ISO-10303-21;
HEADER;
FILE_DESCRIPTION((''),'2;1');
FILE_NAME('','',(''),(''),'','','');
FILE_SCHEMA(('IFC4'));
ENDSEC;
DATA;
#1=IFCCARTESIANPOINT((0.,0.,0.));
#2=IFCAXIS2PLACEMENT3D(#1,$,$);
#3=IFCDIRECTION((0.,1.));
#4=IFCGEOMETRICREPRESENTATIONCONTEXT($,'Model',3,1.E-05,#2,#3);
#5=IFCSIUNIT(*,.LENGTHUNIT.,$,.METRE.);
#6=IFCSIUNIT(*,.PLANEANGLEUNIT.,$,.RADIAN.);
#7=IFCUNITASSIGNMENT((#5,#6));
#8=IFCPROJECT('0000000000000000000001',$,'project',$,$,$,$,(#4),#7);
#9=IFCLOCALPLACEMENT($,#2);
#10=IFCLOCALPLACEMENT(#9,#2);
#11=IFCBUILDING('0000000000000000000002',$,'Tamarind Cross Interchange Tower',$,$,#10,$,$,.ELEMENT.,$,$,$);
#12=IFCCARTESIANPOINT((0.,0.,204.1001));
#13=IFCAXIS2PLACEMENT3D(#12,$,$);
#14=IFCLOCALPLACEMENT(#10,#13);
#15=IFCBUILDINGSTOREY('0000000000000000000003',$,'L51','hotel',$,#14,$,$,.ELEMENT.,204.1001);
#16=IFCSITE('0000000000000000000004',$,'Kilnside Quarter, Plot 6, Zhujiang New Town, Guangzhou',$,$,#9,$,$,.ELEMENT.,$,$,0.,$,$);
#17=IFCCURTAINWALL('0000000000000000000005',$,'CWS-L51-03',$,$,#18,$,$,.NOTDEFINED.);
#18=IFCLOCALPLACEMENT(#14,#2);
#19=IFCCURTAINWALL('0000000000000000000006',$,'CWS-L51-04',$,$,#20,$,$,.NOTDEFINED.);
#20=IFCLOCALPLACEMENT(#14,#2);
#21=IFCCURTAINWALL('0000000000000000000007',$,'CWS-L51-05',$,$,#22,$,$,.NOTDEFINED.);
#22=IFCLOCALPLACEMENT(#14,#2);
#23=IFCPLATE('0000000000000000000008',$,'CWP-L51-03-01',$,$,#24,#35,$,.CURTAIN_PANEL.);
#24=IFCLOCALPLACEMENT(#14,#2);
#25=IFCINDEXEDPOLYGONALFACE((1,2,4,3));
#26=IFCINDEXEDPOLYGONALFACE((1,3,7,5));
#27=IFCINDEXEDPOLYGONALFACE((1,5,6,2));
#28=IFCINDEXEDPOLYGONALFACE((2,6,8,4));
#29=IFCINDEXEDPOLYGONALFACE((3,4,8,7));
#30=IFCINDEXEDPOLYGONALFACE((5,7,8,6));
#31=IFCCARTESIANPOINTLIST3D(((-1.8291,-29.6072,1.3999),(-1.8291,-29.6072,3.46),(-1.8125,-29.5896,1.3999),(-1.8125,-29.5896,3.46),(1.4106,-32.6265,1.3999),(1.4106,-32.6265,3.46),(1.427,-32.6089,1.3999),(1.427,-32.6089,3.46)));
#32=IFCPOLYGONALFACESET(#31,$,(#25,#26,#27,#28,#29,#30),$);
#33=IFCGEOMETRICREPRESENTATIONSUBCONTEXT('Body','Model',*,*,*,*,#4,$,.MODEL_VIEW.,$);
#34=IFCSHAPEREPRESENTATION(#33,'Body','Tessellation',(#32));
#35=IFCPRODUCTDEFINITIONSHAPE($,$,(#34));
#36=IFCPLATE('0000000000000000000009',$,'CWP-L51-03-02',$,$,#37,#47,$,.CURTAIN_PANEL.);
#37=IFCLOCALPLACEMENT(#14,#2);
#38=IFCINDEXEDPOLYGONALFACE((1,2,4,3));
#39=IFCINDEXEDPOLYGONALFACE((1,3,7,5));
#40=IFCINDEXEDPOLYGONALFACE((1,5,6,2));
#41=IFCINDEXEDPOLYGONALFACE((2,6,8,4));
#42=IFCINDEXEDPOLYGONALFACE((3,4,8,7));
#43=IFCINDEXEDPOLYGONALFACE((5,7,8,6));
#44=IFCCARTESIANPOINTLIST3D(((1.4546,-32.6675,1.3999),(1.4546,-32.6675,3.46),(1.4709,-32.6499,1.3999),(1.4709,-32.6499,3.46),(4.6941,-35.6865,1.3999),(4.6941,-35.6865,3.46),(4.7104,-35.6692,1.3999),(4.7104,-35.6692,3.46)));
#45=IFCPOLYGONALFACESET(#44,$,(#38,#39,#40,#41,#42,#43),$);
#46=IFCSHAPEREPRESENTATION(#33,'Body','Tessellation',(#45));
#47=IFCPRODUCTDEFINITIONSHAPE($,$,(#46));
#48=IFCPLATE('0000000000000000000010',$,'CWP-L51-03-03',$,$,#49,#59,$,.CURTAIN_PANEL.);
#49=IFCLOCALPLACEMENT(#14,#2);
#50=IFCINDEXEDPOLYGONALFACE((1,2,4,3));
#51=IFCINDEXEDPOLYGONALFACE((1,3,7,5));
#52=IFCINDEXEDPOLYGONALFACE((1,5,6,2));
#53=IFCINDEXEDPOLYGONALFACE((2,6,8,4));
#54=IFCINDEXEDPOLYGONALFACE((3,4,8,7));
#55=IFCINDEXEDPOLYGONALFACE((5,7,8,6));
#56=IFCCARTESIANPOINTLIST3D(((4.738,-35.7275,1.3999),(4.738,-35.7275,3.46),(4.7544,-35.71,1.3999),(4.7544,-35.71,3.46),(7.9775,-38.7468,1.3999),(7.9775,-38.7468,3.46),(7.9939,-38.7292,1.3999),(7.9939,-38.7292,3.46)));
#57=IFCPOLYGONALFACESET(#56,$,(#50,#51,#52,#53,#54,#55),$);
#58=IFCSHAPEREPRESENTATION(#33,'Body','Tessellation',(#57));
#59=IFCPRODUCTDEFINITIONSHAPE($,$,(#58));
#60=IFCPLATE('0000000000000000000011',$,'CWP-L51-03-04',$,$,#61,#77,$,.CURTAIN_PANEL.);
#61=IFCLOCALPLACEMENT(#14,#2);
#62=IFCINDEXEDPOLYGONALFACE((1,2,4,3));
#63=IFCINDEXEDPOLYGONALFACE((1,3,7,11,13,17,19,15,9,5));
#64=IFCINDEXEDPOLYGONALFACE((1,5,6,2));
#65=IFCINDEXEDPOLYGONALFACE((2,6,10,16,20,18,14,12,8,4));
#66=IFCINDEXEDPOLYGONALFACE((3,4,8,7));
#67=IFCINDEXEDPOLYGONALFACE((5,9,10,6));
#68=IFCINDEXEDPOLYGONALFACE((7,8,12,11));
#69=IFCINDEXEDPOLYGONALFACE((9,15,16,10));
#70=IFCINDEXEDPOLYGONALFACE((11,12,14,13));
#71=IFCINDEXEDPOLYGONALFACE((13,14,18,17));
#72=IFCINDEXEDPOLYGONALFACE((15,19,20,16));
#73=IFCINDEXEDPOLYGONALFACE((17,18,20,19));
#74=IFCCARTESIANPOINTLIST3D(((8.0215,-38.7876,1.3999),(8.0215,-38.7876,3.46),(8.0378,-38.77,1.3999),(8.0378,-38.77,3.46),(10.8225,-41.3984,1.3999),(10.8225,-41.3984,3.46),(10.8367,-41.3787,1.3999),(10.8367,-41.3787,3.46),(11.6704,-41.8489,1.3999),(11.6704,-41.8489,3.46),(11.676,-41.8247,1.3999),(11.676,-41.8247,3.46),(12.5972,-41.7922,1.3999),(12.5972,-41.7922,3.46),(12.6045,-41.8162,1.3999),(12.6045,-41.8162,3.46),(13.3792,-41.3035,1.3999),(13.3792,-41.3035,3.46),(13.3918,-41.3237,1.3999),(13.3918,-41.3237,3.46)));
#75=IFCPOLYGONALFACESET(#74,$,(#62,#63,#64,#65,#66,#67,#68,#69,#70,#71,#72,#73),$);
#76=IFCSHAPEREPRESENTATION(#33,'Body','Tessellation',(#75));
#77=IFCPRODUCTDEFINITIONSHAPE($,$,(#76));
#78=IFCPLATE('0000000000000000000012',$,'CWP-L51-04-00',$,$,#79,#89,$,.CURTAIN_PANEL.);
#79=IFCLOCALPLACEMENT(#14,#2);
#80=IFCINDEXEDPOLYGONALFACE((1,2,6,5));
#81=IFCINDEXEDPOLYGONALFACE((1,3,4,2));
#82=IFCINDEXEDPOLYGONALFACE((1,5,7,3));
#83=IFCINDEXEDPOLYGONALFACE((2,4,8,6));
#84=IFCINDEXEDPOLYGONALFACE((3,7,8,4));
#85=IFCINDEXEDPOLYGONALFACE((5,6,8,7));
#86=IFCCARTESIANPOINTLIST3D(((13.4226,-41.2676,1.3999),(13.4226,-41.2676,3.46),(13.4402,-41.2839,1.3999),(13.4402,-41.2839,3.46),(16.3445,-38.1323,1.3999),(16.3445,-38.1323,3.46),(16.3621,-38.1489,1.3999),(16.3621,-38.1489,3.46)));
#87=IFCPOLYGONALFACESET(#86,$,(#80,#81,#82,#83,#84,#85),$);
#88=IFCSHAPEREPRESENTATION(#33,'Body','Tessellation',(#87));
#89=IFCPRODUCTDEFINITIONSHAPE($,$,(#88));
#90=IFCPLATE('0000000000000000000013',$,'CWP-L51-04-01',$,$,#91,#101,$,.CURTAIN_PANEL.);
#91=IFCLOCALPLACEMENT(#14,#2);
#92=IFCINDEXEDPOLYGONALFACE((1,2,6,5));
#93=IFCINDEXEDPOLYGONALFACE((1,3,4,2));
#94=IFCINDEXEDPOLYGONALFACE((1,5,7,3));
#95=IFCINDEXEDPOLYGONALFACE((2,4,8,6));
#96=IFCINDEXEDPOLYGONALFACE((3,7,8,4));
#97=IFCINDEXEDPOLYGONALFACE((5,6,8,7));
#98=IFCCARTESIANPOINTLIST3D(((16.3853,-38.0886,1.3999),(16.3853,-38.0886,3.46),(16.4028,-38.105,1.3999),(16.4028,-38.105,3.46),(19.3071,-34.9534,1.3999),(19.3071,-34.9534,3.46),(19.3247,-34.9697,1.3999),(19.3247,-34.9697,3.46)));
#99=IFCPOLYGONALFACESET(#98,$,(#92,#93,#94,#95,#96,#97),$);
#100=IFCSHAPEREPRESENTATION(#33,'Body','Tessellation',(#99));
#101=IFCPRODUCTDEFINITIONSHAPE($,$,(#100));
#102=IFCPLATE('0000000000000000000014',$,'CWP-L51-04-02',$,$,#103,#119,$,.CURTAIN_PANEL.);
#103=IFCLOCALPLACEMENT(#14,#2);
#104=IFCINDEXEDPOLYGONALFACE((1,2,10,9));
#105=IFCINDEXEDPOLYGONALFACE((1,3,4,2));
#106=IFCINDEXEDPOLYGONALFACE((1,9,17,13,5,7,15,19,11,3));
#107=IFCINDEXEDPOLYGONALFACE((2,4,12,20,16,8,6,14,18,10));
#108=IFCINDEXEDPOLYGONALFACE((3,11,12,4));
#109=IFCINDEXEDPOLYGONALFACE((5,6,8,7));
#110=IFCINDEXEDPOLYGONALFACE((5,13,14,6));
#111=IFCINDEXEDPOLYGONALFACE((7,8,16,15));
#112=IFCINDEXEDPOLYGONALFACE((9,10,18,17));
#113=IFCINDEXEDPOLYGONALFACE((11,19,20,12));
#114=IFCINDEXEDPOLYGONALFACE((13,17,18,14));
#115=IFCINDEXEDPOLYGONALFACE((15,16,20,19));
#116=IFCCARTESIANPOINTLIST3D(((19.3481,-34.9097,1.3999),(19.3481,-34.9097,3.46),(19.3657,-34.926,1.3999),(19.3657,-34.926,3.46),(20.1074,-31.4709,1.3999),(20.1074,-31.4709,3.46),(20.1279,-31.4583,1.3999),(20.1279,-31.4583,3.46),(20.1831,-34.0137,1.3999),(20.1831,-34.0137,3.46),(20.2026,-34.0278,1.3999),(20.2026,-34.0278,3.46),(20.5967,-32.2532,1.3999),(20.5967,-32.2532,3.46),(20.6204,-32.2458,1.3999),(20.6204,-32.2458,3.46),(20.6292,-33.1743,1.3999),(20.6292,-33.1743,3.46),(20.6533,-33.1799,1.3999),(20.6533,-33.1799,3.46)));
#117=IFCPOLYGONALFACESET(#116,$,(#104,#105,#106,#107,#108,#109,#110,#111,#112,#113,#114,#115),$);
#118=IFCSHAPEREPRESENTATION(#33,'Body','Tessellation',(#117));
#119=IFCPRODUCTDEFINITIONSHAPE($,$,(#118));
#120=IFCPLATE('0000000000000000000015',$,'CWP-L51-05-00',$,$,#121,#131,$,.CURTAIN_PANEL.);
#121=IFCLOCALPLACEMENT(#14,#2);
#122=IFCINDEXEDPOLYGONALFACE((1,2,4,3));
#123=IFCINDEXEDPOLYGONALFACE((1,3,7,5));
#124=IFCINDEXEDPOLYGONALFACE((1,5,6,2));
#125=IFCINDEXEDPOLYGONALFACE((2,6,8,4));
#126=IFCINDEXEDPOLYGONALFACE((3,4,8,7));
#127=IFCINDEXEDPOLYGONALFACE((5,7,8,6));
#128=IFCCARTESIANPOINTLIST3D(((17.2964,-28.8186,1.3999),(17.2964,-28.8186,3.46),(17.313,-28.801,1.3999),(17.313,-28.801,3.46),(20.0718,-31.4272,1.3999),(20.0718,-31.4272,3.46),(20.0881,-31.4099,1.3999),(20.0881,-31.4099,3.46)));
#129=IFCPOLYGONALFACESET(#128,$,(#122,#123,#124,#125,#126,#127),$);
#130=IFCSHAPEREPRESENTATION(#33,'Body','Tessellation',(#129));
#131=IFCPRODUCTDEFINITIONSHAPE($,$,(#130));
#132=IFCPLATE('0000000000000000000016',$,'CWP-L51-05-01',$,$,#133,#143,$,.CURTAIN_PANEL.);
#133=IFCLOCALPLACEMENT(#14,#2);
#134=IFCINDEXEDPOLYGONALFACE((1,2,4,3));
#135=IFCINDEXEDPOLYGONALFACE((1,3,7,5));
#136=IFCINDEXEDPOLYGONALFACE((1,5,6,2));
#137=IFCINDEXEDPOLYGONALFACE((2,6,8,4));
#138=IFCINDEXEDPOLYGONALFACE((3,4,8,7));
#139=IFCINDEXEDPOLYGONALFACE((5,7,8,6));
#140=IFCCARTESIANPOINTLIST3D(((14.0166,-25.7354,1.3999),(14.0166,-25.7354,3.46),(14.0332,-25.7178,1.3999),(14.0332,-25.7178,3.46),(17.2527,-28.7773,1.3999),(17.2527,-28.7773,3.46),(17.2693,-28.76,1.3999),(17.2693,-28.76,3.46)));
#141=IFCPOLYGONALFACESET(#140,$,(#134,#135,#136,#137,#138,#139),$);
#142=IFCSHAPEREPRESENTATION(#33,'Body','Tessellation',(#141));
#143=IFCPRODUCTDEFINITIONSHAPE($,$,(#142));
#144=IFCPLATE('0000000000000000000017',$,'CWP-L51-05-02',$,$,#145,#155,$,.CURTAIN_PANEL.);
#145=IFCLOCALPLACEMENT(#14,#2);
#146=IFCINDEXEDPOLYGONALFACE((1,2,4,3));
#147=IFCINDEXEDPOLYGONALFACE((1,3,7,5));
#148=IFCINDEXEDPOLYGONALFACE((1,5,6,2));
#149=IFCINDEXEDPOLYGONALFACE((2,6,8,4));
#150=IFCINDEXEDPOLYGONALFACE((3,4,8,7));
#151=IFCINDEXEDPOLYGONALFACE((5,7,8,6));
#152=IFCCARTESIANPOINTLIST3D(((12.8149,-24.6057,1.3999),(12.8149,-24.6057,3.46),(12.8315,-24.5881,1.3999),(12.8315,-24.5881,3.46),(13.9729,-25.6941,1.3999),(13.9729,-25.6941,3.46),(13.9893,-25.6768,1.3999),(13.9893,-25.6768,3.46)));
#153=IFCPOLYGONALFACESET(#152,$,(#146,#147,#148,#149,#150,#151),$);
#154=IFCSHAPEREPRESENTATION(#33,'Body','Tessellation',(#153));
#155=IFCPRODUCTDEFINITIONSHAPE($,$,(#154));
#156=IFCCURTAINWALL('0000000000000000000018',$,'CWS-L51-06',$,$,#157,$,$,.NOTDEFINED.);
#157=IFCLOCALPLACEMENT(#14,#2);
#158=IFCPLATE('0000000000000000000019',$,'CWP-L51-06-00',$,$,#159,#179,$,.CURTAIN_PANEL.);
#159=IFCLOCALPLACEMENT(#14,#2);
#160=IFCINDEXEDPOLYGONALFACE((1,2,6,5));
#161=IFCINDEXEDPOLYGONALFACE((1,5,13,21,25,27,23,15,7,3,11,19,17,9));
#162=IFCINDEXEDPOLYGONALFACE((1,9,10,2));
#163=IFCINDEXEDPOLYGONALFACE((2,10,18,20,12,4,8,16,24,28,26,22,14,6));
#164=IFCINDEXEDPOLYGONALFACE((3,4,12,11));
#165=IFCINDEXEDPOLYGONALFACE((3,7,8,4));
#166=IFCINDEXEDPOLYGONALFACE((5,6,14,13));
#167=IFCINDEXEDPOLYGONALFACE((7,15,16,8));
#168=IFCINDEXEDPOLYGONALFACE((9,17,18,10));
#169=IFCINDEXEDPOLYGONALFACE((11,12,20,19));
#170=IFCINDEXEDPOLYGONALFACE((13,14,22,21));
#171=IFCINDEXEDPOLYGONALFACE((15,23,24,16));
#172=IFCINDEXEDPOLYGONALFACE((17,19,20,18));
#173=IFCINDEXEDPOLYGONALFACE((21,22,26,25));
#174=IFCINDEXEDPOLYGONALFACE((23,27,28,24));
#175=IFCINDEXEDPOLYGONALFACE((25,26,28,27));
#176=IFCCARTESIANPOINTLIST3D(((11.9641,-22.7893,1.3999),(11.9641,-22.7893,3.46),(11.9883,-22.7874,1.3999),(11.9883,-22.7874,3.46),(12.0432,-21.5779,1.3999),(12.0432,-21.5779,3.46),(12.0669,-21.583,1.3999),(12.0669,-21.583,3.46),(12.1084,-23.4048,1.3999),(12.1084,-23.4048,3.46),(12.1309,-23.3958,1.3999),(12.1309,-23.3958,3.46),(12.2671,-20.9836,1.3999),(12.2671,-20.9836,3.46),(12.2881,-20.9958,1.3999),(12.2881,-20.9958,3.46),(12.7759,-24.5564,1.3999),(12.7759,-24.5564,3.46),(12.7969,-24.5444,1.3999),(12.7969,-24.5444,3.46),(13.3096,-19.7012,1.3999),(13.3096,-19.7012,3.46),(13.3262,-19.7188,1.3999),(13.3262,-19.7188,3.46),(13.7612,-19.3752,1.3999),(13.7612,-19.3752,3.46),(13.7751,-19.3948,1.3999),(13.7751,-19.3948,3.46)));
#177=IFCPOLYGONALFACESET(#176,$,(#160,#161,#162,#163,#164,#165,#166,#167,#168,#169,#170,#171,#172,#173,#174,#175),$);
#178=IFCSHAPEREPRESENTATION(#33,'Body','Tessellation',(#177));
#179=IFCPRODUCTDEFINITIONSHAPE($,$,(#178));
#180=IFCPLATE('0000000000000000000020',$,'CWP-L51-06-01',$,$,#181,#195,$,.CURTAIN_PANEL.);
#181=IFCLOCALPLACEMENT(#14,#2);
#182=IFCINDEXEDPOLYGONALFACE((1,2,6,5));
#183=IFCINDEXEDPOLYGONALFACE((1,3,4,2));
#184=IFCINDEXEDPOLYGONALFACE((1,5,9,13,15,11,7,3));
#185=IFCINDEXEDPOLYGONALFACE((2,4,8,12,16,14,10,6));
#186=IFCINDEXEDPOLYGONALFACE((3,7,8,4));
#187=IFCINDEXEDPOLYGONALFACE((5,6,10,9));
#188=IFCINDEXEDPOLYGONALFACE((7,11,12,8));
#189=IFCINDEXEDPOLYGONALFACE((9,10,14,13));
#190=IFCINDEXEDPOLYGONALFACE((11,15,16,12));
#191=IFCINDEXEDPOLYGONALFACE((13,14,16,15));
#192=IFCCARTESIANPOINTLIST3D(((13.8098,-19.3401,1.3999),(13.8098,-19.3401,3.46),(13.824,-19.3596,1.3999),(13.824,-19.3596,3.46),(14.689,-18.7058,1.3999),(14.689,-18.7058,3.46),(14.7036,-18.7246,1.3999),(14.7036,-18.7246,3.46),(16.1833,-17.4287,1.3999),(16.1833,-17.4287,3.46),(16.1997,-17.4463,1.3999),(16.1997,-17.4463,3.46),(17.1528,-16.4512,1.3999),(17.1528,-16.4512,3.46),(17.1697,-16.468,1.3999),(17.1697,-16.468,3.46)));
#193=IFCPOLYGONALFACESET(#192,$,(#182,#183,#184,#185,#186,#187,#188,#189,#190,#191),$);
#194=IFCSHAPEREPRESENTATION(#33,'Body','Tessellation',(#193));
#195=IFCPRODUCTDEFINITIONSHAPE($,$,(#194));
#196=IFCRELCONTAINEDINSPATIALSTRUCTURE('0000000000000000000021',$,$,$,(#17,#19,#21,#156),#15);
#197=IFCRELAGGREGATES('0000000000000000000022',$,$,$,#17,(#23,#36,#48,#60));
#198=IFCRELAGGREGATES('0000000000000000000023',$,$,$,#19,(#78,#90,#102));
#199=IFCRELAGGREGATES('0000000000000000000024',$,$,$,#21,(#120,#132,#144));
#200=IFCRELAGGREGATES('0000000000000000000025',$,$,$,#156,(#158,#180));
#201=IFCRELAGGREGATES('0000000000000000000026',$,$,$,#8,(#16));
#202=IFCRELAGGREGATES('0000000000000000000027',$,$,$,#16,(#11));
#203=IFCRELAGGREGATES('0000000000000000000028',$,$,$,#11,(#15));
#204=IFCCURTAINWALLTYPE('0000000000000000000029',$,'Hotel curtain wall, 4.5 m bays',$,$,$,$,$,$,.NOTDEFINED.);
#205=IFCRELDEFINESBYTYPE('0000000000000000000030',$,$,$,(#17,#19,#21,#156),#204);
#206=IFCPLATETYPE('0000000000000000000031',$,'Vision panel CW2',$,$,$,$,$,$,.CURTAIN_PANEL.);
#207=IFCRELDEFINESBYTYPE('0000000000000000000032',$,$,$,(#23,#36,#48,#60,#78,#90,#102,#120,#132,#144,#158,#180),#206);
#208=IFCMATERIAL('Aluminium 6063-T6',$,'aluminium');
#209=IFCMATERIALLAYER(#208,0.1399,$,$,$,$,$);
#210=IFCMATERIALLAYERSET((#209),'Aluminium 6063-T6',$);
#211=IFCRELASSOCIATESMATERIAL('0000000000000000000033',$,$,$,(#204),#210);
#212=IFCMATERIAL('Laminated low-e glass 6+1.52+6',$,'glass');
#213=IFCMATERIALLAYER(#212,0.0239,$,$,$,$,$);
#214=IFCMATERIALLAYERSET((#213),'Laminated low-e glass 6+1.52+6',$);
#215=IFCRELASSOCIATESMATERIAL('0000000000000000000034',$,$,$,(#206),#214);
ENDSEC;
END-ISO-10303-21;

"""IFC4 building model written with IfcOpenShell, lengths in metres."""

from ifc_helpers import new_model, si_unit, direction, frame, origin, place, context, subcontext, project, spatial, polyline, outline, extrude, material, layer, layer_set, type_object, element, aggregate, save


model = new_model("IFC4")

# Units and contexts
model_context = context("Model", 3, precision=1e-05, world=origin(), true_north=direction((0.0, 1.0)))
body_context = subcontext(model_context, "Body", "Model", "MODEL_VIEW")
ifc_project = project(units=[si_unit("LENGTHUNIT", "METRE"), si_unit("PLANEANGLEUNIT", "RADIAN")], contexts=[model_context])

# Site, building, storey
site_placement = place(None, origin())
site = spatial("IfcSite", under=ifc_project, at=site_placement, Name="Kilnside Quarter, Plot 6, Zhujiang New Town, Guangzhou", CompositionType="ELEMENT", RefElevation=0.0)
building_placement = place(site_placement, origin())
building = spatial("IfcBuilding", under=site, at=building_placement, Name="Tamarind Cross Interchange Tower", CompositionType="ELEMENT")
storey_placement = place(building_placement, frame((0.0, 0.0, 204.1001)))
storey = spatial("IfcBuildingStorey", under=building, at=storey_placement, Name="L51", Description="hotel", CompositionType="ELEMENT", Elevation=204.1001)

# Curtain walls
ifc_material_1 = material(Name="Aluminium 6063-T6", Category="aluminium")
ifc_layer_1 = layer(ifc_material_1, 0.1399)
ifc_layer_set_1 = layer_set([ifc_layer_1], Name="Aluminium 6063-T6")
curtain_wall_type = type_object("IfcCurtainWallType", Name="Hotel curtain wall, 4.5 m bays", PredefinedType="NOTDEFINED", material=ifc_layer_set_1)
curtain_wall_1_placement = place(storey_placement, origin())
curtain_wall_1 = element("IfcCurtainWall", 1, at=curtain_wall_1_placement, inside=storey, type_object=curtain_wall_type, Name="CWS-L51-03", PredefinedType="NOTDEFINED")
curtain_wall_2_placement = place(storey_placement, origin())
curtain_wall_2 = element("IfcCurtainWall", 2, at=curtain_wall_2_placement, inside=storey, type_object=curtain_wall_type, Name="CWS-L51-04", PredefinedType="NOTDEFINED")
curtain_wall_3_placement = place(storey_placement, origin())
curtain_wall_3 = element("IfcCurtainWall", 3, at=curtain_wall_3_placement, inside=storey, type_object=curtain_wall_type, Name="CWS-L51-05", PredefinedType="NOTDEFINED")

# Plates
ifc_material_2 = material(Name="Laminated low-e glass 6+1.52+6", Category="glass")
ifc_layer_2 = layer(ifc_material_2, 0.0239)
ifc_layer_set_2 = layer_set([ifc_layer_2], Name="Laminated low-e glass 6+1.52+6")
plate_type = type_object("IfcPlateType", Name="Vision panel CW2", PredefinedType="CURTAIN_PANEL", material=ifc_layer_set_2)
plate_1_placement = place(storey_placement, frame((0.0, 0.0, 1.3999)))
plate_1 = element("IfcPlate", 4, at=plate_1_placement, type_object=plate_type, Name="CWP-L51-03-01", PredefinedType="CURTAIN_PANEL", context=body_context, shape_type="SweptSolid", body=[
    extrude(outline(polyline([(-1.8125, -29.5896), (1.427, -32.6089), (1.4106, -32.6265), (-1.8291, -29.6072), (-1.8125, -29.5896)])), origin(), (0.0, 0.0, 1.0), 2.0601),
])
plate_2_placement = place(storey_placement, frame((0.0, 0.0, 1.3999)))
plate_2 = element("IfcPlate", 5, at=plate_2_placement, type_object=plate_type, Name="CWP-L51-03-02", PredefinedType="CURTAIN_PANEL", context=body_context, shape_type="SweptSolid", body=[
    extrude(outline(polyline([(1.4709, -32.6499), (4.7104, -35.6692), (4.6941, -35.6865), (1.4546, -32.6675), (1.4709, -32.6499)])), origin(), (0.0, 0.0, 1.0), 2.0601),
])
plate_3_placement = place(storey_placement, frame((0.0, 0.0, 1.3999)))
plate_3 = element("IfcPlate", 6, at=plate_3_placement, type_object=plate_type, Name="CWP-L51-03-03", PredefinedType="CURTAIN_PANEL", context=body_context, shape_type="SweptSolid", body=[
    extrude(outline(polyline([(4.7544, -35.71), (7.9939, -38.7292), (7.9775, -38.7468), (4.738, -35.7275), (4.7544, -35.71)])), origin(), (0.0, 0.0, 1.0), 2.0601),
])
plate_4_placement = place(storey_placement, frame((0.0, 0.0, 1.3999)))
plate_4 = element("IfcPlate", 7, at=plate_4_placement, type_object=plate_type, Name="CWP-L51-03-04", PredefinedType="CURTAIN_PANEL", context=body_context, shape_type="SweptSolid", body=[
    extrude(outline(polyline([(8.0378, -38.77), (10.8367, -41.3787), (11.676, -41.8247), (12.5972, -41.7922), (13.3792, -41.3035), (13.3918, -41.3237), (12.6045, -41.8162), (11.6704, -41.8489), (10.8225, -41.3984), (8.0215, -38.7876), (8.0378, -38.77)])), origin(), (0.0, 0.0, 1.0), 2.0601),
])
aggregate(curtain_wall_1, [plate_1, plate_2, plate_3, plate_4])
plate_5_placement = place(storey_placement, frame((0.0, 0.0, 1.3999)))
plate_5 = element("IfcPlate", 8, at=plate_5_placement, type_object=plate_type, Name="CWP-L51-04-00", PredefinedType="CURTAIN_PANEL", context=body_context, shape_type="SweptSolid", body=[
    extrude(outline(polyline([(13.4226, -41.2676), (16.3445, -38.1323), (16.3621, -38.1489), (13.4402, -41.2839), (13.4226, -41.2676)])), origin(), (0.0, 0.0, 1.0), 2.0601),
])
plate_6_placement = place(storey_placement, frame((0.0, 0.0, 1.3999)))
plate_6 = element("IfcPlate", 9, at=plate_6_placement, type_object=plate_type, Name="CWP-L51-04-01", PredefinedType="CURTAIN_PANEL", context=body_context, shape_type="SweptSolid", body=[
    extrude(outline(polyline([(16.3853, -38.0886), (19.3071, -34.9534), (19.3247, -34.9697), (16.4028, -38.105), (16.3853, -38.0886)])), origin(), (0.0, 0.0, 1.0), 2.0601),
])
plate_7_placement = place(storey_placement, frame((0.0, 0.0, 1.3999)))
plate_7 = element("IfcPlate", 10, at=plate_7_placement, type_object=plate_type, Name="CWP-L51-04-02", PredefinedType="CURTAIN_PANEL", context=body_context, shape_type="SweptSolid", body=[
    extrude(outline(polyline([(19.3481, -34.9097), (20.1831, -34.0137), (20.6292, -33.1743), (20.5967, -32.2532), (20.1074, -31.4709), (20.1279, -31.4583), (20.6204, -32.2458), (20.6533, -33.1799), (20.2026, -34.0278), (19.3657, -34.926), (19.3481, -34.9097)])), origin(), (0.0, 0.0, 1.0), 2.0601),
])
aggregate(curtain_wall_2, [plate_5, plate_6, plate_7])
plate_8_placement = place(storey_placement, frame((0.0, 0.0, 1.3999)))
plate_8 = element("IfcPlate", 11, at=plate_8_placement, type_object=plate_type, Name="CWP-L51-05-00", PredefinedType="CURTAIN_PANEL", context=body_context, shape_type="SweptSolid", body=[
    extrude(outline(polyline([(20.0718, -31.4272), (17.2964, -28.8186), (17.313, -28.801), (20.0881, -31.4099), (20.0718, -31.4272)])), origin(), (0.0, 0.0, 1.0), 2.0601),
])
plate_9_placement = place(storey_placement, frame((0.0, 0.0, 1.3999)))
plate_9 = element("IfcPlate", 12, at=plate_9_placement, type_object=plate_type, Name="CWP-L51-05-01", PredefinedType="CURTAIN_PANEL", context=body_context, shape_type="SweptSolid", body=[
    extrude(outline(polyline([(17.2527, -28.7773), (14.0166, -25.7354), (14.0332, -25.7178), (17.2693, -28.76), (17.2527, -28.7773)])), origin(), (0.0, 0.0, 1.0), 2.0601),
])
plate_10_placement = place(storey_placement, frame((0.0, 0.0, 1.3999)))
plate_10 = element("IfcPlate", 13, at=plate_10_placement, type_object=plate_type, Name="CWP-L51-05-02", PredefinedType="CURTAIN_PANEL", context=body_context, shape_type="SweptSolid", body=[
    extrude(outline(polyline([(13.9729, -25.6941), (12.8149, -24.6057), (12.8315, -24.5881), (13.9893, -25.6768), (13.9729, -25.6941)])), origin(), (0.0, 0.0, 1.0), 2.0601),
])
aggregate(curtain_wall_3, [plate_8, plate_9, plate_10])

# Curtain wall, plates
curtain_wall_4_placement = place(storey_placement, origin())
curtain_wall_4 = element("IfcCurtainWall", 14, at=curtain_wall_4_placement, inside=storey, type_object=curtain_wall_type, Name="CWS-L51-06", PredefinedType="NOTDEFINED")
plate_11_placement = place(storey_placement, frame((0.0, 0.0, 1.3999)))
plate_11 = element("IfcPlate", 15, at=plate_11_placement, type_object=plate_type, Name="CWP-L51-06-00", PredefinedType="CURTAIN_PANEL", context=body_context, shape_type="SweptSolid", body=[
    extrude(outline(polyline([(12.7759, -24.5564), (12.1084, -23.4048), (11.9641, -22.7893), (12.0432, -21.5779), (12.2671, -20.9836), (13.3096, -19.7012), (13.7612, -19.3752), (13.7751, -19.3948), (13.3262, -19.7188), (12.2881, -20.9958), (12.0669, -21.583), (11.9883, -22.7874), (12.1309, -23.3958), (12.7969, -24.5444), (12.7759, -24.5564)])), origin(), (0.0, 0.0, 1.0), 2.0601),
])
plate_12_placement = place(storey_placement, frame((0.0, 0.0, 1.3999)))
plate_12 = element("IfcPlate", 16, at=plate_12_placement, type_object=plate_type, Name="CWP-L51-06-01", PredefinedType="CURTAIN_PANEL", context=body_context, shape_type="SweptSolid", body=[
    extrude(outline(polyline([(13.8098, -19.3401), (14.689, -18.7058), (16.1833, -17.4287), (17.1528, -16.4512), (17.1697, -16.468), (16.1997, -17.4463), (14.7036, -18.7246), (13.824, -19.3596), (13.8098, -19.3401)])), origin(), (0.0, 0.0, 1.0), 2.0601),
])
aggregate(curtain_wall_4, [plate_11, plate_12])

save(model, "model.ifc")
